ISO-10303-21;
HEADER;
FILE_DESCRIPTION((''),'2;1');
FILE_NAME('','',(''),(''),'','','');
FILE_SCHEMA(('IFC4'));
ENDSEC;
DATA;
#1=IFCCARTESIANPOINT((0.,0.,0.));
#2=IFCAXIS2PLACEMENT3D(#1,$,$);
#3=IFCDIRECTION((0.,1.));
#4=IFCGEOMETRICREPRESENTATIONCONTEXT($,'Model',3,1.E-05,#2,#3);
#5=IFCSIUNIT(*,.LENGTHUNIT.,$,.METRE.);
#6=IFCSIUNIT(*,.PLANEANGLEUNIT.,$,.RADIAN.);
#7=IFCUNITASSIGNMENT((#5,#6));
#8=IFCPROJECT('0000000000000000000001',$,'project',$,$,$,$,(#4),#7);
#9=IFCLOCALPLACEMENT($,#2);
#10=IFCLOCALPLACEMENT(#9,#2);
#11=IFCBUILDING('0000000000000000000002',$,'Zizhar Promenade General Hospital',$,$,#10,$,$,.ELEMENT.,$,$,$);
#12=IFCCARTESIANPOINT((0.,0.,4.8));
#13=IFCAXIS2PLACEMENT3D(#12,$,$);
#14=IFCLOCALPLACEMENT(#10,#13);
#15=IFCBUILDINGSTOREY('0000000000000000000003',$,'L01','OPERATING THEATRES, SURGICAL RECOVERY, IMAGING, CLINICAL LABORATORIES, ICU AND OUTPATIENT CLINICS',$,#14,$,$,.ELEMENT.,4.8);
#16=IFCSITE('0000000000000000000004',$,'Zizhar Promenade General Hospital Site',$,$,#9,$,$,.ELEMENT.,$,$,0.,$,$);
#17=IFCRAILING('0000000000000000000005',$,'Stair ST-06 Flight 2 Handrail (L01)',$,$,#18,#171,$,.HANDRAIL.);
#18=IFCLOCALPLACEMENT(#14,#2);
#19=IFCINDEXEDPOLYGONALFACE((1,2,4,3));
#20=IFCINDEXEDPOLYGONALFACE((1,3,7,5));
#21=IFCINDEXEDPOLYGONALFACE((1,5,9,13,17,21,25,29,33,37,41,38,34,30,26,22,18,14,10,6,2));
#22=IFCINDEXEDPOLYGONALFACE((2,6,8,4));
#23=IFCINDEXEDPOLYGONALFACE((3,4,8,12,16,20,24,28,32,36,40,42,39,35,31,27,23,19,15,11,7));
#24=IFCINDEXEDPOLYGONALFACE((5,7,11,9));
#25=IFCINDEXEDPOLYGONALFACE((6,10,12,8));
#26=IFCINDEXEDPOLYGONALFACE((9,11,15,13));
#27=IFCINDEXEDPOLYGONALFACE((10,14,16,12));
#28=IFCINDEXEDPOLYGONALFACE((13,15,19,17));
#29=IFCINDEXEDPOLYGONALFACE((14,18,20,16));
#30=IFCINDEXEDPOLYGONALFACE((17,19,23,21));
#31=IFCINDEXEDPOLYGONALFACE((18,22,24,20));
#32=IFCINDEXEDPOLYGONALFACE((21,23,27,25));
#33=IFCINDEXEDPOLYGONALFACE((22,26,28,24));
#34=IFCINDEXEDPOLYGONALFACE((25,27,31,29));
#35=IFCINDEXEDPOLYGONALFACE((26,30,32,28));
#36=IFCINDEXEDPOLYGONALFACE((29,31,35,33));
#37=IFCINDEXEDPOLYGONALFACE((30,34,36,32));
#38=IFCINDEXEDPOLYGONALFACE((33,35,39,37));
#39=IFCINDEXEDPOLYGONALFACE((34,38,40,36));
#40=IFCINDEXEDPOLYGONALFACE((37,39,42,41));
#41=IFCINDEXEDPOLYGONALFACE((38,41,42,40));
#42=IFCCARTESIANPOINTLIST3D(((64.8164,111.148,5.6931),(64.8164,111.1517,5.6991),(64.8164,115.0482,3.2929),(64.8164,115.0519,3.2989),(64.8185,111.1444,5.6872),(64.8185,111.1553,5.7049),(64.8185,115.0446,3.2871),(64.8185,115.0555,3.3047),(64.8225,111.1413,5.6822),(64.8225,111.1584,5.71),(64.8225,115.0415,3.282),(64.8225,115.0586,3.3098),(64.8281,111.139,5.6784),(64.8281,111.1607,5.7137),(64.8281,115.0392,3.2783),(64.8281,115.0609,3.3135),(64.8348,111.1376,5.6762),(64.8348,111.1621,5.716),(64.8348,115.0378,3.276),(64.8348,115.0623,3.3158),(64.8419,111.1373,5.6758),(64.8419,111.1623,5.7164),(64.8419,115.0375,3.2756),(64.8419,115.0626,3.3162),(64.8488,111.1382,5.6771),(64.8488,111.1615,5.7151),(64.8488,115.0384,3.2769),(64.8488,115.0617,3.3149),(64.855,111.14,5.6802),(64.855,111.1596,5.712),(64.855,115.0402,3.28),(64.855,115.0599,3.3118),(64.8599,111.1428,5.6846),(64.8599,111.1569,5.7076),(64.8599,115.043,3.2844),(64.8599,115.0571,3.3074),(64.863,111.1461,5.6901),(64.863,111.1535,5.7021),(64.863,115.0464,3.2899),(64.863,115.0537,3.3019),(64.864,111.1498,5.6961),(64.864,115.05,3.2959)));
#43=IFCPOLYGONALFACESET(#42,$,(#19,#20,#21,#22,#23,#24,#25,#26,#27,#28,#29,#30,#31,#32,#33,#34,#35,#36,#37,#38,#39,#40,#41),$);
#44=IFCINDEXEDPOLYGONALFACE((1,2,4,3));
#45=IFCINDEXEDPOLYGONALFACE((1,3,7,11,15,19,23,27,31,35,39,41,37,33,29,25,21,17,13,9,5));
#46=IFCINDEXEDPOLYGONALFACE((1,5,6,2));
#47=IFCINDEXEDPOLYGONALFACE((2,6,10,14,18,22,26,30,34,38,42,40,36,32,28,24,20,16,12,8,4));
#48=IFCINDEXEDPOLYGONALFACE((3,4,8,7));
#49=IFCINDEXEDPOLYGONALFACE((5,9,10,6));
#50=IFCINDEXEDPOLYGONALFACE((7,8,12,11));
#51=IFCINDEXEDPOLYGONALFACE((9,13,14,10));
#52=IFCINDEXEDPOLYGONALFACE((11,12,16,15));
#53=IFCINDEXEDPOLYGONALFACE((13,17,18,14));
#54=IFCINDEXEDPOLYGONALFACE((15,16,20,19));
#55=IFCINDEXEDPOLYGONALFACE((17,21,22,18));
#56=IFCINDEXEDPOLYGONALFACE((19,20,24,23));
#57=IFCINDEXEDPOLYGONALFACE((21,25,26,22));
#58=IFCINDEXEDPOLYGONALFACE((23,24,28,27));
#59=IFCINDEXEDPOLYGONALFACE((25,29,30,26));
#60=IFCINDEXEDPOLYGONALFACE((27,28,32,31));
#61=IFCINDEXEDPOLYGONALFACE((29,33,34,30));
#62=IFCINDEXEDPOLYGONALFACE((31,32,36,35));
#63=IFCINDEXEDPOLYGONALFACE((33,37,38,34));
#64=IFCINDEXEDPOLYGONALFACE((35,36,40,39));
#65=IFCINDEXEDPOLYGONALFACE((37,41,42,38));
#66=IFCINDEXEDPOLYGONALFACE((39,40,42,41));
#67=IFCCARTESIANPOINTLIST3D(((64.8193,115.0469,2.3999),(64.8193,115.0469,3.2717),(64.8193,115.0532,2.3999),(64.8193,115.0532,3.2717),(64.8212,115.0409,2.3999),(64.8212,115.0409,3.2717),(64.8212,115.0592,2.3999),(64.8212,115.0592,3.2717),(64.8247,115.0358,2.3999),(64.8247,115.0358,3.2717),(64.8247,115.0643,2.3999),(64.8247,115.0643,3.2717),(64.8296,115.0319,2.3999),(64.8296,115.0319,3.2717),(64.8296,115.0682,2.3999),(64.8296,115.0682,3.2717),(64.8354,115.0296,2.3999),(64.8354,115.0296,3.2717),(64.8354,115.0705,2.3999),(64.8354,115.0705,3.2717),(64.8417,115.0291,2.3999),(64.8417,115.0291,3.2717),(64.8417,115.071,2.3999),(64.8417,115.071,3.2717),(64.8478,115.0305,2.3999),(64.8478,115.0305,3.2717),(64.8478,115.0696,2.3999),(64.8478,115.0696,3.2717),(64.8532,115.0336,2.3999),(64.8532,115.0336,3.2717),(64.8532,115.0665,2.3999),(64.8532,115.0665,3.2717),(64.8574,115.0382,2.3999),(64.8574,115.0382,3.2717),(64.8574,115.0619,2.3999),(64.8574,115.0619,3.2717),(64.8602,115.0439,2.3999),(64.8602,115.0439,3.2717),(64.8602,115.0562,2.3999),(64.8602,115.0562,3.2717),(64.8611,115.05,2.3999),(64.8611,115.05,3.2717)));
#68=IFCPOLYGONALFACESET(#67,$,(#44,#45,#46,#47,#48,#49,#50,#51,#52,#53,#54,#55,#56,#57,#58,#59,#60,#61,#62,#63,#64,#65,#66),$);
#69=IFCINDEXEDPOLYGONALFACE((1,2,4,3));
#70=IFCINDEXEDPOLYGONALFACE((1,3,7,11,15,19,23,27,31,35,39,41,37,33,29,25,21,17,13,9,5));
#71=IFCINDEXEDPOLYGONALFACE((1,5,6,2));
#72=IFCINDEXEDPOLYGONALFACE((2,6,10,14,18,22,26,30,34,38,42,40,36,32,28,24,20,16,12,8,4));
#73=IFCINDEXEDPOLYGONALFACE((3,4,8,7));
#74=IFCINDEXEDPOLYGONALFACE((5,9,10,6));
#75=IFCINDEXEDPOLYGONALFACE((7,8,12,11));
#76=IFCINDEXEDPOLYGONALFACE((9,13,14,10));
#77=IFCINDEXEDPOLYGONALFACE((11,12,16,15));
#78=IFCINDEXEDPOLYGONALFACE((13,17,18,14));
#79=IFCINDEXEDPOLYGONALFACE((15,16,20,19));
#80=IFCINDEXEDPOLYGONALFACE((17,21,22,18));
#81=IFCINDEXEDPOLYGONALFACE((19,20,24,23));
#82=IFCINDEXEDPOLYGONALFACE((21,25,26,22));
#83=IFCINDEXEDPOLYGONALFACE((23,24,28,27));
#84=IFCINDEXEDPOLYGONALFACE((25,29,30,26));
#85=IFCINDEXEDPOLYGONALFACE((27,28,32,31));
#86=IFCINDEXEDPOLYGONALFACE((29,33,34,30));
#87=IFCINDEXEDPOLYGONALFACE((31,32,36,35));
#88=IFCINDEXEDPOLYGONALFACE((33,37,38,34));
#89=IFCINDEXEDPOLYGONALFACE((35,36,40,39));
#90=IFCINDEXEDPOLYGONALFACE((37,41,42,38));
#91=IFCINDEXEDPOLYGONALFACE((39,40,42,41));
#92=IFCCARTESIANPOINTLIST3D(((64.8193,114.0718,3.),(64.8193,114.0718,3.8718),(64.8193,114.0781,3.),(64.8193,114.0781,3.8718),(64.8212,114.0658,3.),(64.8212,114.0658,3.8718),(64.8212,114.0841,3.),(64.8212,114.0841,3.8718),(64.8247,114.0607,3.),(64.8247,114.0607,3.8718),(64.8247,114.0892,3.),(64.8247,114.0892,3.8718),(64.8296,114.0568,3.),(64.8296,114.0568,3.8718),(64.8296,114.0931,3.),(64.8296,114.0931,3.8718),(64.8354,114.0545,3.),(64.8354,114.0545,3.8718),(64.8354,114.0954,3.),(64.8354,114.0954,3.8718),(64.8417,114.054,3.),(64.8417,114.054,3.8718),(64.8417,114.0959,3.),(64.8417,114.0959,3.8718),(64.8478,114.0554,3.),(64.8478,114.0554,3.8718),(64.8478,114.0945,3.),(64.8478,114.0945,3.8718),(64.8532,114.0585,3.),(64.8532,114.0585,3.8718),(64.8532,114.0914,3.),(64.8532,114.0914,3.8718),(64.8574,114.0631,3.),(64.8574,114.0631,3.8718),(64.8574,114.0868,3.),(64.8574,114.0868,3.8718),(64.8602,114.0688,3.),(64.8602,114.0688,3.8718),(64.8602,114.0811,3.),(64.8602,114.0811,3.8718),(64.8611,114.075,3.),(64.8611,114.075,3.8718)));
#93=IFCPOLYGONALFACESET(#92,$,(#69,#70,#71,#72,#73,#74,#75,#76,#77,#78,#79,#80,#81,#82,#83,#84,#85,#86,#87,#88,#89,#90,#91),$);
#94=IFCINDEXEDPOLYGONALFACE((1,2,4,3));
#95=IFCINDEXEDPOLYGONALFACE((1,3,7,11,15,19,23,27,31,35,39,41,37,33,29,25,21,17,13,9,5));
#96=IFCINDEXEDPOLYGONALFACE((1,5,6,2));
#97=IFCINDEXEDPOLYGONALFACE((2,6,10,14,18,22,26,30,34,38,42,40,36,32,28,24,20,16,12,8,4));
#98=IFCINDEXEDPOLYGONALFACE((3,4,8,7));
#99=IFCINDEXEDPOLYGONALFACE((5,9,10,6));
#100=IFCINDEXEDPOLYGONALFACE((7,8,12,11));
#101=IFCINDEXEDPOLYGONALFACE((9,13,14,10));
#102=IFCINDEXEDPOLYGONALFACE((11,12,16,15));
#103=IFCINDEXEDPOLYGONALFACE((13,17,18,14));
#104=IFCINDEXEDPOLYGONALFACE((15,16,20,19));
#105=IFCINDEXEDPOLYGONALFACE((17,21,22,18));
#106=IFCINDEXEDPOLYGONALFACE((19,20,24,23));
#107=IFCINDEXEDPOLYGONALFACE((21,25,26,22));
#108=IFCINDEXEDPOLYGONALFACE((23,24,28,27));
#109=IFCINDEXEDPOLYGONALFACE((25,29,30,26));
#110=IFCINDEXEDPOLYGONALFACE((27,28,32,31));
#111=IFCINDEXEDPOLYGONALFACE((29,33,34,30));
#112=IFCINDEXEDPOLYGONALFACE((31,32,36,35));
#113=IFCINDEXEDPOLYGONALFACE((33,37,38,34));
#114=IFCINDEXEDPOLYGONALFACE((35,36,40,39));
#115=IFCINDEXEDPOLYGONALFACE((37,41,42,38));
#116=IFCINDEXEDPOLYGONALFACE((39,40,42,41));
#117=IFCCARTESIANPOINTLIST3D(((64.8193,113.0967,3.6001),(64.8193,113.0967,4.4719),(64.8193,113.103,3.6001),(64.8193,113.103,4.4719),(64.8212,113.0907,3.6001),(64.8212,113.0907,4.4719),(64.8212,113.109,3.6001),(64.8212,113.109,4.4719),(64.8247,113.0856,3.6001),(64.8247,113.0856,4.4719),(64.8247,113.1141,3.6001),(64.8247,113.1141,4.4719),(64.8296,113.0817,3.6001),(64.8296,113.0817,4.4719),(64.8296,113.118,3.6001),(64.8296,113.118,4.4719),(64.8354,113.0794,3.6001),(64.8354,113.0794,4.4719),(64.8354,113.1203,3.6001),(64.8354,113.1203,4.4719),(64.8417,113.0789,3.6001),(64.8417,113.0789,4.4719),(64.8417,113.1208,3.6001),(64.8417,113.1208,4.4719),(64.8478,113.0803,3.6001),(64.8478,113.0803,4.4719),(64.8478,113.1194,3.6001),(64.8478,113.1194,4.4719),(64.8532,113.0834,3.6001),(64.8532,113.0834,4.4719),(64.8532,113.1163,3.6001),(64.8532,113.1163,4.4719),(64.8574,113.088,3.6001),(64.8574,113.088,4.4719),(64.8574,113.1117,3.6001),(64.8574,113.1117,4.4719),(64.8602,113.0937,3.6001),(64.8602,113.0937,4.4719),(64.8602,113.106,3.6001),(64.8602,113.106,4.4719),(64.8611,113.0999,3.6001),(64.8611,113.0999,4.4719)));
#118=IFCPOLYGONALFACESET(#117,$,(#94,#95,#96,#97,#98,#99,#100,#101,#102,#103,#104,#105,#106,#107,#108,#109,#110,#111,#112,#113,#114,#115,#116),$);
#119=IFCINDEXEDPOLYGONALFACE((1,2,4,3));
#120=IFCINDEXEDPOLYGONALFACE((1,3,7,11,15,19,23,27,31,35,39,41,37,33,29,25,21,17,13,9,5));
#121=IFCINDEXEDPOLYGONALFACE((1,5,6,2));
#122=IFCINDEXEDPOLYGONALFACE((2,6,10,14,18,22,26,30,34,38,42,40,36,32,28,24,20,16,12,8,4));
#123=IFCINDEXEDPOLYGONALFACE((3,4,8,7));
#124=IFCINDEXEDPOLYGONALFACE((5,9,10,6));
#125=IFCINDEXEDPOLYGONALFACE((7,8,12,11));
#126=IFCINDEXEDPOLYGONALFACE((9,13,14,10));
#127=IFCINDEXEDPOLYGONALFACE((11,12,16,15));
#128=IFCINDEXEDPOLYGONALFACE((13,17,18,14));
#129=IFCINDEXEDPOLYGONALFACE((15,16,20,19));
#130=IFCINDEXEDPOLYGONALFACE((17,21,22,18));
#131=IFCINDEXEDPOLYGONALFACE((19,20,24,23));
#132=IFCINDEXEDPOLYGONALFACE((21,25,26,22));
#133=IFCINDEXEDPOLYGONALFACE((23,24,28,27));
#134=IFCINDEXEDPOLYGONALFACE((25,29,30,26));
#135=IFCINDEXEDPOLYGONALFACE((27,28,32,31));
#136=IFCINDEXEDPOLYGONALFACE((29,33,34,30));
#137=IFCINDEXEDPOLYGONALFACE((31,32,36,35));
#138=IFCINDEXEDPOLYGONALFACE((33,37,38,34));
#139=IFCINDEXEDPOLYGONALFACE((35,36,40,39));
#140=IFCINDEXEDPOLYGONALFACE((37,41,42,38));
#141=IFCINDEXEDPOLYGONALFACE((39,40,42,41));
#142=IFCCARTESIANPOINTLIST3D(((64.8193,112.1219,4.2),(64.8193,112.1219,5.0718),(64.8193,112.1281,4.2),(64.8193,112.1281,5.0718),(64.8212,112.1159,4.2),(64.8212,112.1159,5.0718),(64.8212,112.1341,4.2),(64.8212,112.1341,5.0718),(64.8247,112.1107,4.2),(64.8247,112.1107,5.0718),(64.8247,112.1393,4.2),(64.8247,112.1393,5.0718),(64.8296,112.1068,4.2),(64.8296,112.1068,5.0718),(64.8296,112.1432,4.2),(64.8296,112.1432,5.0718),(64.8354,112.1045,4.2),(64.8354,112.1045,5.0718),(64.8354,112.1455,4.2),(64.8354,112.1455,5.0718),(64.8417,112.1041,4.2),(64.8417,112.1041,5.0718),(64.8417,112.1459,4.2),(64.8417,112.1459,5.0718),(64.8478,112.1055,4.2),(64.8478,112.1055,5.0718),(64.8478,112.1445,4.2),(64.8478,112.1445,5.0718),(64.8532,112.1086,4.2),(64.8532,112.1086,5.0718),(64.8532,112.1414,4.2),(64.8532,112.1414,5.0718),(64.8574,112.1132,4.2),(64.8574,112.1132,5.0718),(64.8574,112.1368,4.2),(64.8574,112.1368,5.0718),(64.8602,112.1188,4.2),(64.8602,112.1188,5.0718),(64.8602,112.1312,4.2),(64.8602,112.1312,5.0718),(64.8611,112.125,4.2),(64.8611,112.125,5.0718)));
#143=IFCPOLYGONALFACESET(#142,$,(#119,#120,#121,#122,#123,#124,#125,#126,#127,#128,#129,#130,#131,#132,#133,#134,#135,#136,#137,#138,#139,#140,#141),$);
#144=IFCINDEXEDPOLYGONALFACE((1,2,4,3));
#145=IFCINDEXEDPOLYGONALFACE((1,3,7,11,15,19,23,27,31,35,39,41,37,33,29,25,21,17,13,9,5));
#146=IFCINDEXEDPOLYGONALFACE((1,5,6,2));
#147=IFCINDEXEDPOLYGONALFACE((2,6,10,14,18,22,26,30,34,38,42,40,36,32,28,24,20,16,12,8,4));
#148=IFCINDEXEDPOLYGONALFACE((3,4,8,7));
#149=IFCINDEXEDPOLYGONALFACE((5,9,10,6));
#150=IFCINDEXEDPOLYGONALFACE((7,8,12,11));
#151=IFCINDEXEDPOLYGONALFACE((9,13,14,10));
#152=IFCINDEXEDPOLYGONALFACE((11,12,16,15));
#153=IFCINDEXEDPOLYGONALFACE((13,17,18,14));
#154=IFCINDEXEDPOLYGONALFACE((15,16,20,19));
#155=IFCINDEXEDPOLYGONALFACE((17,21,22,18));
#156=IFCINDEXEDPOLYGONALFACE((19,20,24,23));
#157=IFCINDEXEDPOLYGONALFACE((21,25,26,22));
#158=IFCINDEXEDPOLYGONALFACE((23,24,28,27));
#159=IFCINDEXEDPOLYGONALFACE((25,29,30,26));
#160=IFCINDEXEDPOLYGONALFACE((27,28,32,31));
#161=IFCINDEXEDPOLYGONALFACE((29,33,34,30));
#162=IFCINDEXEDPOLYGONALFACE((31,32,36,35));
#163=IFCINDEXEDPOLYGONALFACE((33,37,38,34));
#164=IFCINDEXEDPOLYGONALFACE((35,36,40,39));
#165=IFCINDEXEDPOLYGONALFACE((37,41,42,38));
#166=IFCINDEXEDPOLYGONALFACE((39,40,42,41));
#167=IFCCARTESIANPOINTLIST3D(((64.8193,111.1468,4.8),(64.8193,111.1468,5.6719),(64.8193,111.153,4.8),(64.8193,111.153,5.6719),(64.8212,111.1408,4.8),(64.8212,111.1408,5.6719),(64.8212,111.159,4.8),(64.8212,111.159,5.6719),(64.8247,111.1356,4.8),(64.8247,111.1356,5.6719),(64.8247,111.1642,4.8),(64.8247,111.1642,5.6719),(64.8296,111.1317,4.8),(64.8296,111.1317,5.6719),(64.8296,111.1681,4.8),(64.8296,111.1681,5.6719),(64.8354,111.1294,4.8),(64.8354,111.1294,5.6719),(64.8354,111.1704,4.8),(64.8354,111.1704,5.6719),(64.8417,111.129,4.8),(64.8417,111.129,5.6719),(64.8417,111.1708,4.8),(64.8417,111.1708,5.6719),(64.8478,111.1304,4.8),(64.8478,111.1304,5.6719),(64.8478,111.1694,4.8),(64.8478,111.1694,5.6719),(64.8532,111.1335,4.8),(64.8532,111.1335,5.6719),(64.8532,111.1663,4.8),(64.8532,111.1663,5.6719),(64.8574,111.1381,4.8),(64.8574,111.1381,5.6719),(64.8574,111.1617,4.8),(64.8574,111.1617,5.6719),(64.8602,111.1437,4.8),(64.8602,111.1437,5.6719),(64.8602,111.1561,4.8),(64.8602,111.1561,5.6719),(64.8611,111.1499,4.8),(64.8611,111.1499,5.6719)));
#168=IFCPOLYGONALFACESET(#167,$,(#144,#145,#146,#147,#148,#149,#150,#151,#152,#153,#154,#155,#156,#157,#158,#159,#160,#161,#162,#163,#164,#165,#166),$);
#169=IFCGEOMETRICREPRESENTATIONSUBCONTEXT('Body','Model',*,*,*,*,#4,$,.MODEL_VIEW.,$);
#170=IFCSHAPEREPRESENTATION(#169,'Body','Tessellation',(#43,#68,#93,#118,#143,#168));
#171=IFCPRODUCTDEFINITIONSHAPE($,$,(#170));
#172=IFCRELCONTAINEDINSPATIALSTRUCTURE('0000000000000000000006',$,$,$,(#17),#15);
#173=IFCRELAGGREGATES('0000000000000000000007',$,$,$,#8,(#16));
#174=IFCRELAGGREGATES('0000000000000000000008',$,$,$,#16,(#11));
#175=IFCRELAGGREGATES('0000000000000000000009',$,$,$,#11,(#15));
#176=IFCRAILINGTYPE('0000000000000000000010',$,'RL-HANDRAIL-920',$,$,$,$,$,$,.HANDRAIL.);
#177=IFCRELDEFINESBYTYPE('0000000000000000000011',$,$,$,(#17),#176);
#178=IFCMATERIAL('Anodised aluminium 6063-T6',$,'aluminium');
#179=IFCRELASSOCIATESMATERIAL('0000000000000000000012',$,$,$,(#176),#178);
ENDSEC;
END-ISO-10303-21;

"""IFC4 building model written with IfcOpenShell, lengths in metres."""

from ifc_helpers import new_model, si_unit, direction, frame, origin, origin_2d, place, context, subcontext, project, spatial, circle, hollow_circle, extrude, material, material_profile, profile_set, type_object, element, save


model = new_model("IFC4")

# Units and contexts
model_context = context("Model", 3, precision=1e-05, world=origin(), true_north=direction((0.0, 1.0)))
body_context = subcontext(model_context, "Body", "Model", "MODEL_VIEW")
ifc_project = project(units=[si_unit("LENGTHUNIT", "METRE"), si_unit("PLANEANGLEUNIT", "RADIAN")], contexts=[model_context])

# Site, building, storey
site_placement = place(None, origin())
site = spatial("IfcSite", under=ifc_project, at=site_placement, Name="Zizhar Promenade General Hospital Site", CompositionType="ELEMENT", RefElevation=0.0)
building_placement = place(site_placement, origin())
building = spatial("IfcBuilding", under=site, at=building_placement, Name="Zizhar Promenade General Hospital", CompositionType="ELEMENT")
storey_placement = place(building_placement, frame((0.0, 0.0, 4.8)))
storey = spatial("IfcBuildingStorey", under=building, at=storey_placement, Name="L01", Description="OPERATING THEATRES, SURGICAL RECOVERY, IMAGING, CLINICAL LABORATORIES, ICU AND OUTPATIENT CLINICS", CompositionType="ELEMENT", Elevation=4.8)

# Railing
ifc_material_1 = material(Name="Anodised aluminium 6063-T6", Category="aluminium")
ifc_material_profile_1 = material_profile(ifc_material_1, hollow_circle(Radius=0.0698, WallThickness=0.0063, at=origin_2d()))
ifc_profile_set_1 = profile_set([ifc_material_profile_1], Name="Anodised aluminium 6063-T6")
railing_type_1 = type_object("IfcRailingType", Name="RL-HANDRAIL-920", PredefinedType="HANDRAIL", material=ifc_profile_set_1)
railing_1_placement = place(storey_placement, frame((64.8401, 115.05, 2.3999)))
element("IfcRailing", 1, at=railing_1_placement, inside=storey, type_object=railing_type_1, Name="Stair ST-06 Flight 2 Handrail (L01)", PredefinedType="HANDRAIL", context=body_context, shape_type="SweptSolid", body=[
    extrude(circle(Radius=0.0239, at=origin_2d()), frame((0.0, 0.0, 0.896), z_axis=(0.0, -0.851653, 0.524106), x_axis=(1.0, 0.0, 0.0)), (0.0, 0.0, 1.0), 4.5796),
    extrude(circle(Radius=0.021, at=origin_2d()), origin(), (0.0, 0.0, 1.0), 0.8718),
    extrude(circle(Radius=0.021, at=origin_2d()), frame((0.0, -0.9751, 0.6001)), (0.0, 0.0, 1.0), 0.8718),
    extrude(circle(Radius=0.021, at=origin_2d()), frame((0.0, -1.9502, 1.2002)), (0.0, 0.0, 1.0), 0.8718),
    extrude(circle(Radius=0.021, at=origin_2d()), frame((0.0, -2.925, 1.8)), (0.0, 0.0, 1.0), 0.8718),
    extrude(circle(Radius=0.021, at=origin_2d()), frame((0.0, -3.9001, 2.4001)), (0.0, 0.0, 1.0), 0.8718),
])

save(model, "model.ifc")
